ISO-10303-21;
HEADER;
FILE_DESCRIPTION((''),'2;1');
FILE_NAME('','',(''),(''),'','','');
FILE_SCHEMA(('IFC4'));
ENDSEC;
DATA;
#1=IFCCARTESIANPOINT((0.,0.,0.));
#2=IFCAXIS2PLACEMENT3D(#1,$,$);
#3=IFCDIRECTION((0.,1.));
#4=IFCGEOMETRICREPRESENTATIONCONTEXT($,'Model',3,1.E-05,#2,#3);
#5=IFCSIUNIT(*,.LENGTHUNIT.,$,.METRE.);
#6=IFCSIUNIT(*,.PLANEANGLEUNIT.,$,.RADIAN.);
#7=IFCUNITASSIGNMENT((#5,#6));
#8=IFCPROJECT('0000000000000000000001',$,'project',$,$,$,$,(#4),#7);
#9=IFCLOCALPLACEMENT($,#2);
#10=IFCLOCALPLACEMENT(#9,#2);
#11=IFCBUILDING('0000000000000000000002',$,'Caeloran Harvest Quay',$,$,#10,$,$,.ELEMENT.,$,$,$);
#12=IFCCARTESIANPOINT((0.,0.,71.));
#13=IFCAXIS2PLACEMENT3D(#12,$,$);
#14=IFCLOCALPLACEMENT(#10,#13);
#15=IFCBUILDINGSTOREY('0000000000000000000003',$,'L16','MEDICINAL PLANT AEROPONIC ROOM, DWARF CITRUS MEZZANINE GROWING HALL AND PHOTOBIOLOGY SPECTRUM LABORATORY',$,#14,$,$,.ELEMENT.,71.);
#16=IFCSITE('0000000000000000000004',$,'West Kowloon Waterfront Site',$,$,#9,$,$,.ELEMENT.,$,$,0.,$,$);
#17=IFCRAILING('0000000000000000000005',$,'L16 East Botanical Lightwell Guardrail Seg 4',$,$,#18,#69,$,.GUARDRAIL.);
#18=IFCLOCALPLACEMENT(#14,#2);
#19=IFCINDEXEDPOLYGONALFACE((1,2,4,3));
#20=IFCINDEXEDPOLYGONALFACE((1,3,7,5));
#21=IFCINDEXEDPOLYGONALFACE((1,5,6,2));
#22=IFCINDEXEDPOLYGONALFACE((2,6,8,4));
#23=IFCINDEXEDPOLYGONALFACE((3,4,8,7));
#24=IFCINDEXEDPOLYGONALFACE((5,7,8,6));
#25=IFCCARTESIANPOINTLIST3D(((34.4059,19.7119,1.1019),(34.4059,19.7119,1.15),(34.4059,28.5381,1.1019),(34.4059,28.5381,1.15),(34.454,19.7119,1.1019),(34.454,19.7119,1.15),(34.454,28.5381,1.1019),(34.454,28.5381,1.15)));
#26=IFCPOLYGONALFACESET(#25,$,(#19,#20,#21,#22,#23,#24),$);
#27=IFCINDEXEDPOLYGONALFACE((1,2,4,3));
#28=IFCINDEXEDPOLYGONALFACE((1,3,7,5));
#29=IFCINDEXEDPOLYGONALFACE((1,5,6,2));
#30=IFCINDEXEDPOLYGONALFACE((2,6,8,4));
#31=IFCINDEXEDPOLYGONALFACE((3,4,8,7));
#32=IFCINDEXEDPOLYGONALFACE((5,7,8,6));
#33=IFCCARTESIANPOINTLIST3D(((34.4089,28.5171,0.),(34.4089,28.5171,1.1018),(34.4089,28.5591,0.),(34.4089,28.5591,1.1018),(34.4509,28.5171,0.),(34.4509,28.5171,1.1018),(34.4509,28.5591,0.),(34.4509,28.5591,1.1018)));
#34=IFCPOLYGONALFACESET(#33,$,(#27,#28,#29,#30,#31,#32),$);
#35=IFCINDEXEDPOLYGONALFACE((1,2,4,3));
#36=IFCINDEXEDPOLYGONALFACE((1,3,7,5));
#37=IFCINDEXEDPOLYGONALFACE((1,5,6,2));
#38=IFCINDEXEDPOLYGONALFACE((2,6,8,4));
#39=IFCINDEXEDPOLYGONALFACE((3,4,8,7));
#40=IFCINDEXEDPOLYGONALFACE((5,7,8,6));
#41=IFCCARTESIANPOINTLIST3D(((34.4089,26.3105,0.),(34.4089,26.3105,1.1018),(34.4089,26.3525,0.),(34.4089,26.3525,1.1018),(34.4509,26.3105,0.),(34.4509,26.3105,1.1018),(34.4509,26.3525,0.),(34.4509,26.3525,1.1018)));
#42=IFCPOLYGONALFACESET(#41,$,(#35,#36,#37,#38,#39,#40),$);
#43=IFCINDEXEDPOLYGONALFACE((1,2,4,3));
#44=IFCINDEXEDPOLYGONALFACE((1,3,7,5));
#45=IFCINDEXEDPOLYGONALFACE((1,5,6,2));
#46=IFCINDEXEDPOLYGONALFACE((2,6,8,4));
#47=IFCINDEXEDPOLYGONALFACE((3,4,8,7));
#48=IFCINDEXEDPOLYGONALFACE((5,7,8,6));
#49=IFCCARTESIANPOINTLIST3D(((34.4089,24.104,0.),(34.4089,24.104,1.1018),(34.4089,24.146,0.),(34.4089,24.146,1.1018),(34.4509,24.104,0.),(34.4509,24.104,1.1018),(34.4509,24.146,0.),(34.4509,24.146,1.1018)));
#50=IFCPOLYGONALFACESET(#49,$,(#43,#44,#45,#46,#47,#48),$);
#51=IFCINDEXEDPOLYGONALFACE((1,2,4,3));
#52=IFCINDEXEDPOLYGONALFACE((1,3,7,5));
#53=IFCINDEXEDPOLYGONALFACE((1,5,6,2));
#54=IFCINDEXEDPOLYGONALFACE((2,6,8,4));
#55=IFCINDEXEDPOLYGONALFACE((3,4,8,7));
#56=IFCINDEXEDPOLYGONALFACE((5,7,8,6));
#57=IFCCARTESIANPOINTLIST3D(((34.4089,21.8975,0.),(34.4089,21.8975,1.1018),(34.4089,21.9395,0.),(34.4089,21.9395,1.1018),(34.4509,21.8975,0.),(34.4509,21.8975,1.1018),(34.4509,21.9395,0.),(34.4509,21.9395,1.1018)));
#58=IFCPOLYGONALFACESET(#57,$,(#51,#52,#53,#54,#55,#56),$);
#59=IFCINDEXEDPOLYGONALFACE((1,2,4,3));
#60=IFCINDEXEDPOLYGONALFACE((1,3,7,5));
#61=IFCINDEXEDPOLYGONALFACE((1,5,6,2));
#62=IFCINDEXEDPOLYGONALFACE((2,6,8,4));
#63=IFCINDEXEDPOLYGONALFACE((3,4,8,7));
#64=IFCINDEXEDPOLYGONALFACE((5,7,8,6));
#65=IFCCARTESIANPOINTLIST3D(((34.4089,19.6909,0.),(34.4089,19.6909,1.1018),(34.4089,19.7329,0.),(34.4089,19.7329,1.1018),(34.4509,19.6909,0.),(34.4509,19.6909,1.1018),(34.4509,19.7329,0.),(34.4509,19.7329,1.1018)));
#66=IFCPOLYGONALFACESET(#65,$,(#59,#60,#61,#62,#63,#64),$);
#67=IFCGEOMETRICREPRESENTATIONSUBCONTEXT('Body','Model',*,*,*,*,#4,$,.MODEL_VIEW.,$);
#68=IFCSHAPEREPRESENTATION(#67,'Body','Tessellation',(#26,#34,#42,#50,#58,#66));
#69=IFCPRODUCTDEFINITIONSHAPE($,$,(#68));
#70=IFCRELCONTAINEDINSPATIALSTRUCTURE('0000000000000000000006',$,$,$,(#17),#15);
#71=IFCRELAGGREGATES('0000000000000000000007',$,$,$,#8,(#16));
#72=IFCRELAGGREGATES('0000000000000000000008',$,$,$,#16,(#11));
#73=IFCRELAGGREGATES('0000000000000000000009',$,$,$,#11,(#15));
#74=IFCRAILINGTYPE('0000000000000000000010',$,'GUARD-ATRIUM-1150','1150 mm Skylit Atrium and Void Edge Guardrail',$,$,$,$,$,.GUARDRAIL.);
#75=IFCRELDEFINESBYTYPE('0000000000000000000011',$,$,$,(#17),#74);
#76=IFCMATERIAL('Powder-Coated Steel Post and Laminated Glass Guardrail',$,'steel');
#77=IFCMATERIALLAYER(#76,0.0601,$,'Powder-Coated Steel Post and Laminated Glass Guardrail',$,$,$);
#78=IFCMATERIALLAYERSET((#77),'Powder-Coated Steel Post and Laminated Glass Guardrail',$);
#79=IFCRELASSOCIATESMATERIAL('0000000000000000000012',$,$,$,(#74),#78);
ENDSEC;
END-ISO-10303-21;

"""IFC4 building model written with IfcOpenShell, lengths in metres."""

from ifc_helpers import new_model, si_unit, direction, frame, origin, origin_2d, place, context, subcontext, project, spatial, rectangle, extrude, material, layer, layer_set, type_object, element, save


model = new_model("IFC4")

# Units and contexts
model_context = context("Model", 3, precision=1e-05, world=origin(), true_north=direction((0.0, 1.0)))
body_context = subcontext(model_context, "Body", "Model", "MODEL_VIEW")
ifc_project = project(units=[si_unit("LENGTHUNIT", "METRE"), si_unit("PLANEANGLEUNIT", "RADIAN")], contexts=[model_context])

# Site, building, storey
site_placement = place(None, origin())
site = spatial("IfcSite", under=ifc_project, at=site_placement, Name="West Kowloon Waterfront Site", CompositionType="ELEMENT", RefElevation=0.0)
building_placement = place(site_placement, origin())
building = spatial("IfcBuilding", under=site, at=building_placement, Name="Caeloran Harvest Quay", CompositionType="ELEMENT")
storey_placement = place(building_placement, frame((0.0, 0.0, 71.0)))
storey = spatial("IfcBuildingStorey", under=building, at=storey_placement, Name="L16", Description="MEDICINAL PLANT AEROPONIC ROOM, DWARF CITRUS MEZZANINE GROWING HALL AND PHOTOBIOLOGY SPECTRUM LABORATORY", CompositionType="ELEMENT", Elevation=71.0)

# Railing
ifc_material_1 = material(Name="Powder-Coated Steel Post and Laminated Glass Guardrail", Category="steel")
ifc_layer_1 = layer(ifc_material_1, 0.0601, Name="Powder-Coated Steel Post and Laminated Glass Guardrail")
ifc_layer_set_1 = layer_set([ifc_layer_1], Name="Powder-Coated Steel Post and Laminated Glass Guardrail")
railing_type = type_object("IfcRailingType", Name="GUARD-ATRIUM-1150", Description="1150 mm Skylit Atrium and Void Edge Guardrail", PredefinedType="GUARDRAIL", material=ifc_layer_set_1)
railing_1_placement = place(storey_placement, frame((34.4299, 28.5381, 0.0)))
element("IfcRailing", 1, at=railing_1_placement, inside=storey, type_object=railing_type, Name="L16 East Botanical Lightwell Guardrail Seg 4", PredefinedType="GUARDRAIL", context=body_context, shape_type="SweptSolid", body=[
    extrude(rectangle(XDim=0.0481, YDim=0.0481, at=origin_2d()), frame((0.0, 0.0, 1.126), z_axis=(0.0, -1.0, 0.0), x_axis=(1.0, 0.0, 0.0)), (0.0, 0.0, 1.0), 8.8262),
    extrude(rectangle(XDim=0.042, YDim=0.042, at=origin_2d()), origin(), (0.0, 0.0, 1.0), 1.1018),
    extrude(rectangle(XDim=0.042, YDim=0.042, at=origin_2d()), frame((0.0, -2.2065, 0.0)), (0.0, 0.0, 1.0), 1.1018),
    extrude(rectangle(XDim=0.042, YDim=0.042, at=origin_2d()), frame((0.0, -4.4131, 0.0)), (0.0, 0.0, 1.0), 1.1018),
    extrude(rectangle(XDim=0.042, YDim=0.042, at=origin_2d()), frame((0.0, -6.6196, 0.0)), (0.0, 0.0, 1.0), 1.1018),
    extrude(rectangle(XDim=0.042, YDim=0.042, at=origin_2d()), frame((0.0, -8.8262, 0.0)), (0.0, 0.0, 1.0), 1.1018),
])

save(model, "model.ifc")
